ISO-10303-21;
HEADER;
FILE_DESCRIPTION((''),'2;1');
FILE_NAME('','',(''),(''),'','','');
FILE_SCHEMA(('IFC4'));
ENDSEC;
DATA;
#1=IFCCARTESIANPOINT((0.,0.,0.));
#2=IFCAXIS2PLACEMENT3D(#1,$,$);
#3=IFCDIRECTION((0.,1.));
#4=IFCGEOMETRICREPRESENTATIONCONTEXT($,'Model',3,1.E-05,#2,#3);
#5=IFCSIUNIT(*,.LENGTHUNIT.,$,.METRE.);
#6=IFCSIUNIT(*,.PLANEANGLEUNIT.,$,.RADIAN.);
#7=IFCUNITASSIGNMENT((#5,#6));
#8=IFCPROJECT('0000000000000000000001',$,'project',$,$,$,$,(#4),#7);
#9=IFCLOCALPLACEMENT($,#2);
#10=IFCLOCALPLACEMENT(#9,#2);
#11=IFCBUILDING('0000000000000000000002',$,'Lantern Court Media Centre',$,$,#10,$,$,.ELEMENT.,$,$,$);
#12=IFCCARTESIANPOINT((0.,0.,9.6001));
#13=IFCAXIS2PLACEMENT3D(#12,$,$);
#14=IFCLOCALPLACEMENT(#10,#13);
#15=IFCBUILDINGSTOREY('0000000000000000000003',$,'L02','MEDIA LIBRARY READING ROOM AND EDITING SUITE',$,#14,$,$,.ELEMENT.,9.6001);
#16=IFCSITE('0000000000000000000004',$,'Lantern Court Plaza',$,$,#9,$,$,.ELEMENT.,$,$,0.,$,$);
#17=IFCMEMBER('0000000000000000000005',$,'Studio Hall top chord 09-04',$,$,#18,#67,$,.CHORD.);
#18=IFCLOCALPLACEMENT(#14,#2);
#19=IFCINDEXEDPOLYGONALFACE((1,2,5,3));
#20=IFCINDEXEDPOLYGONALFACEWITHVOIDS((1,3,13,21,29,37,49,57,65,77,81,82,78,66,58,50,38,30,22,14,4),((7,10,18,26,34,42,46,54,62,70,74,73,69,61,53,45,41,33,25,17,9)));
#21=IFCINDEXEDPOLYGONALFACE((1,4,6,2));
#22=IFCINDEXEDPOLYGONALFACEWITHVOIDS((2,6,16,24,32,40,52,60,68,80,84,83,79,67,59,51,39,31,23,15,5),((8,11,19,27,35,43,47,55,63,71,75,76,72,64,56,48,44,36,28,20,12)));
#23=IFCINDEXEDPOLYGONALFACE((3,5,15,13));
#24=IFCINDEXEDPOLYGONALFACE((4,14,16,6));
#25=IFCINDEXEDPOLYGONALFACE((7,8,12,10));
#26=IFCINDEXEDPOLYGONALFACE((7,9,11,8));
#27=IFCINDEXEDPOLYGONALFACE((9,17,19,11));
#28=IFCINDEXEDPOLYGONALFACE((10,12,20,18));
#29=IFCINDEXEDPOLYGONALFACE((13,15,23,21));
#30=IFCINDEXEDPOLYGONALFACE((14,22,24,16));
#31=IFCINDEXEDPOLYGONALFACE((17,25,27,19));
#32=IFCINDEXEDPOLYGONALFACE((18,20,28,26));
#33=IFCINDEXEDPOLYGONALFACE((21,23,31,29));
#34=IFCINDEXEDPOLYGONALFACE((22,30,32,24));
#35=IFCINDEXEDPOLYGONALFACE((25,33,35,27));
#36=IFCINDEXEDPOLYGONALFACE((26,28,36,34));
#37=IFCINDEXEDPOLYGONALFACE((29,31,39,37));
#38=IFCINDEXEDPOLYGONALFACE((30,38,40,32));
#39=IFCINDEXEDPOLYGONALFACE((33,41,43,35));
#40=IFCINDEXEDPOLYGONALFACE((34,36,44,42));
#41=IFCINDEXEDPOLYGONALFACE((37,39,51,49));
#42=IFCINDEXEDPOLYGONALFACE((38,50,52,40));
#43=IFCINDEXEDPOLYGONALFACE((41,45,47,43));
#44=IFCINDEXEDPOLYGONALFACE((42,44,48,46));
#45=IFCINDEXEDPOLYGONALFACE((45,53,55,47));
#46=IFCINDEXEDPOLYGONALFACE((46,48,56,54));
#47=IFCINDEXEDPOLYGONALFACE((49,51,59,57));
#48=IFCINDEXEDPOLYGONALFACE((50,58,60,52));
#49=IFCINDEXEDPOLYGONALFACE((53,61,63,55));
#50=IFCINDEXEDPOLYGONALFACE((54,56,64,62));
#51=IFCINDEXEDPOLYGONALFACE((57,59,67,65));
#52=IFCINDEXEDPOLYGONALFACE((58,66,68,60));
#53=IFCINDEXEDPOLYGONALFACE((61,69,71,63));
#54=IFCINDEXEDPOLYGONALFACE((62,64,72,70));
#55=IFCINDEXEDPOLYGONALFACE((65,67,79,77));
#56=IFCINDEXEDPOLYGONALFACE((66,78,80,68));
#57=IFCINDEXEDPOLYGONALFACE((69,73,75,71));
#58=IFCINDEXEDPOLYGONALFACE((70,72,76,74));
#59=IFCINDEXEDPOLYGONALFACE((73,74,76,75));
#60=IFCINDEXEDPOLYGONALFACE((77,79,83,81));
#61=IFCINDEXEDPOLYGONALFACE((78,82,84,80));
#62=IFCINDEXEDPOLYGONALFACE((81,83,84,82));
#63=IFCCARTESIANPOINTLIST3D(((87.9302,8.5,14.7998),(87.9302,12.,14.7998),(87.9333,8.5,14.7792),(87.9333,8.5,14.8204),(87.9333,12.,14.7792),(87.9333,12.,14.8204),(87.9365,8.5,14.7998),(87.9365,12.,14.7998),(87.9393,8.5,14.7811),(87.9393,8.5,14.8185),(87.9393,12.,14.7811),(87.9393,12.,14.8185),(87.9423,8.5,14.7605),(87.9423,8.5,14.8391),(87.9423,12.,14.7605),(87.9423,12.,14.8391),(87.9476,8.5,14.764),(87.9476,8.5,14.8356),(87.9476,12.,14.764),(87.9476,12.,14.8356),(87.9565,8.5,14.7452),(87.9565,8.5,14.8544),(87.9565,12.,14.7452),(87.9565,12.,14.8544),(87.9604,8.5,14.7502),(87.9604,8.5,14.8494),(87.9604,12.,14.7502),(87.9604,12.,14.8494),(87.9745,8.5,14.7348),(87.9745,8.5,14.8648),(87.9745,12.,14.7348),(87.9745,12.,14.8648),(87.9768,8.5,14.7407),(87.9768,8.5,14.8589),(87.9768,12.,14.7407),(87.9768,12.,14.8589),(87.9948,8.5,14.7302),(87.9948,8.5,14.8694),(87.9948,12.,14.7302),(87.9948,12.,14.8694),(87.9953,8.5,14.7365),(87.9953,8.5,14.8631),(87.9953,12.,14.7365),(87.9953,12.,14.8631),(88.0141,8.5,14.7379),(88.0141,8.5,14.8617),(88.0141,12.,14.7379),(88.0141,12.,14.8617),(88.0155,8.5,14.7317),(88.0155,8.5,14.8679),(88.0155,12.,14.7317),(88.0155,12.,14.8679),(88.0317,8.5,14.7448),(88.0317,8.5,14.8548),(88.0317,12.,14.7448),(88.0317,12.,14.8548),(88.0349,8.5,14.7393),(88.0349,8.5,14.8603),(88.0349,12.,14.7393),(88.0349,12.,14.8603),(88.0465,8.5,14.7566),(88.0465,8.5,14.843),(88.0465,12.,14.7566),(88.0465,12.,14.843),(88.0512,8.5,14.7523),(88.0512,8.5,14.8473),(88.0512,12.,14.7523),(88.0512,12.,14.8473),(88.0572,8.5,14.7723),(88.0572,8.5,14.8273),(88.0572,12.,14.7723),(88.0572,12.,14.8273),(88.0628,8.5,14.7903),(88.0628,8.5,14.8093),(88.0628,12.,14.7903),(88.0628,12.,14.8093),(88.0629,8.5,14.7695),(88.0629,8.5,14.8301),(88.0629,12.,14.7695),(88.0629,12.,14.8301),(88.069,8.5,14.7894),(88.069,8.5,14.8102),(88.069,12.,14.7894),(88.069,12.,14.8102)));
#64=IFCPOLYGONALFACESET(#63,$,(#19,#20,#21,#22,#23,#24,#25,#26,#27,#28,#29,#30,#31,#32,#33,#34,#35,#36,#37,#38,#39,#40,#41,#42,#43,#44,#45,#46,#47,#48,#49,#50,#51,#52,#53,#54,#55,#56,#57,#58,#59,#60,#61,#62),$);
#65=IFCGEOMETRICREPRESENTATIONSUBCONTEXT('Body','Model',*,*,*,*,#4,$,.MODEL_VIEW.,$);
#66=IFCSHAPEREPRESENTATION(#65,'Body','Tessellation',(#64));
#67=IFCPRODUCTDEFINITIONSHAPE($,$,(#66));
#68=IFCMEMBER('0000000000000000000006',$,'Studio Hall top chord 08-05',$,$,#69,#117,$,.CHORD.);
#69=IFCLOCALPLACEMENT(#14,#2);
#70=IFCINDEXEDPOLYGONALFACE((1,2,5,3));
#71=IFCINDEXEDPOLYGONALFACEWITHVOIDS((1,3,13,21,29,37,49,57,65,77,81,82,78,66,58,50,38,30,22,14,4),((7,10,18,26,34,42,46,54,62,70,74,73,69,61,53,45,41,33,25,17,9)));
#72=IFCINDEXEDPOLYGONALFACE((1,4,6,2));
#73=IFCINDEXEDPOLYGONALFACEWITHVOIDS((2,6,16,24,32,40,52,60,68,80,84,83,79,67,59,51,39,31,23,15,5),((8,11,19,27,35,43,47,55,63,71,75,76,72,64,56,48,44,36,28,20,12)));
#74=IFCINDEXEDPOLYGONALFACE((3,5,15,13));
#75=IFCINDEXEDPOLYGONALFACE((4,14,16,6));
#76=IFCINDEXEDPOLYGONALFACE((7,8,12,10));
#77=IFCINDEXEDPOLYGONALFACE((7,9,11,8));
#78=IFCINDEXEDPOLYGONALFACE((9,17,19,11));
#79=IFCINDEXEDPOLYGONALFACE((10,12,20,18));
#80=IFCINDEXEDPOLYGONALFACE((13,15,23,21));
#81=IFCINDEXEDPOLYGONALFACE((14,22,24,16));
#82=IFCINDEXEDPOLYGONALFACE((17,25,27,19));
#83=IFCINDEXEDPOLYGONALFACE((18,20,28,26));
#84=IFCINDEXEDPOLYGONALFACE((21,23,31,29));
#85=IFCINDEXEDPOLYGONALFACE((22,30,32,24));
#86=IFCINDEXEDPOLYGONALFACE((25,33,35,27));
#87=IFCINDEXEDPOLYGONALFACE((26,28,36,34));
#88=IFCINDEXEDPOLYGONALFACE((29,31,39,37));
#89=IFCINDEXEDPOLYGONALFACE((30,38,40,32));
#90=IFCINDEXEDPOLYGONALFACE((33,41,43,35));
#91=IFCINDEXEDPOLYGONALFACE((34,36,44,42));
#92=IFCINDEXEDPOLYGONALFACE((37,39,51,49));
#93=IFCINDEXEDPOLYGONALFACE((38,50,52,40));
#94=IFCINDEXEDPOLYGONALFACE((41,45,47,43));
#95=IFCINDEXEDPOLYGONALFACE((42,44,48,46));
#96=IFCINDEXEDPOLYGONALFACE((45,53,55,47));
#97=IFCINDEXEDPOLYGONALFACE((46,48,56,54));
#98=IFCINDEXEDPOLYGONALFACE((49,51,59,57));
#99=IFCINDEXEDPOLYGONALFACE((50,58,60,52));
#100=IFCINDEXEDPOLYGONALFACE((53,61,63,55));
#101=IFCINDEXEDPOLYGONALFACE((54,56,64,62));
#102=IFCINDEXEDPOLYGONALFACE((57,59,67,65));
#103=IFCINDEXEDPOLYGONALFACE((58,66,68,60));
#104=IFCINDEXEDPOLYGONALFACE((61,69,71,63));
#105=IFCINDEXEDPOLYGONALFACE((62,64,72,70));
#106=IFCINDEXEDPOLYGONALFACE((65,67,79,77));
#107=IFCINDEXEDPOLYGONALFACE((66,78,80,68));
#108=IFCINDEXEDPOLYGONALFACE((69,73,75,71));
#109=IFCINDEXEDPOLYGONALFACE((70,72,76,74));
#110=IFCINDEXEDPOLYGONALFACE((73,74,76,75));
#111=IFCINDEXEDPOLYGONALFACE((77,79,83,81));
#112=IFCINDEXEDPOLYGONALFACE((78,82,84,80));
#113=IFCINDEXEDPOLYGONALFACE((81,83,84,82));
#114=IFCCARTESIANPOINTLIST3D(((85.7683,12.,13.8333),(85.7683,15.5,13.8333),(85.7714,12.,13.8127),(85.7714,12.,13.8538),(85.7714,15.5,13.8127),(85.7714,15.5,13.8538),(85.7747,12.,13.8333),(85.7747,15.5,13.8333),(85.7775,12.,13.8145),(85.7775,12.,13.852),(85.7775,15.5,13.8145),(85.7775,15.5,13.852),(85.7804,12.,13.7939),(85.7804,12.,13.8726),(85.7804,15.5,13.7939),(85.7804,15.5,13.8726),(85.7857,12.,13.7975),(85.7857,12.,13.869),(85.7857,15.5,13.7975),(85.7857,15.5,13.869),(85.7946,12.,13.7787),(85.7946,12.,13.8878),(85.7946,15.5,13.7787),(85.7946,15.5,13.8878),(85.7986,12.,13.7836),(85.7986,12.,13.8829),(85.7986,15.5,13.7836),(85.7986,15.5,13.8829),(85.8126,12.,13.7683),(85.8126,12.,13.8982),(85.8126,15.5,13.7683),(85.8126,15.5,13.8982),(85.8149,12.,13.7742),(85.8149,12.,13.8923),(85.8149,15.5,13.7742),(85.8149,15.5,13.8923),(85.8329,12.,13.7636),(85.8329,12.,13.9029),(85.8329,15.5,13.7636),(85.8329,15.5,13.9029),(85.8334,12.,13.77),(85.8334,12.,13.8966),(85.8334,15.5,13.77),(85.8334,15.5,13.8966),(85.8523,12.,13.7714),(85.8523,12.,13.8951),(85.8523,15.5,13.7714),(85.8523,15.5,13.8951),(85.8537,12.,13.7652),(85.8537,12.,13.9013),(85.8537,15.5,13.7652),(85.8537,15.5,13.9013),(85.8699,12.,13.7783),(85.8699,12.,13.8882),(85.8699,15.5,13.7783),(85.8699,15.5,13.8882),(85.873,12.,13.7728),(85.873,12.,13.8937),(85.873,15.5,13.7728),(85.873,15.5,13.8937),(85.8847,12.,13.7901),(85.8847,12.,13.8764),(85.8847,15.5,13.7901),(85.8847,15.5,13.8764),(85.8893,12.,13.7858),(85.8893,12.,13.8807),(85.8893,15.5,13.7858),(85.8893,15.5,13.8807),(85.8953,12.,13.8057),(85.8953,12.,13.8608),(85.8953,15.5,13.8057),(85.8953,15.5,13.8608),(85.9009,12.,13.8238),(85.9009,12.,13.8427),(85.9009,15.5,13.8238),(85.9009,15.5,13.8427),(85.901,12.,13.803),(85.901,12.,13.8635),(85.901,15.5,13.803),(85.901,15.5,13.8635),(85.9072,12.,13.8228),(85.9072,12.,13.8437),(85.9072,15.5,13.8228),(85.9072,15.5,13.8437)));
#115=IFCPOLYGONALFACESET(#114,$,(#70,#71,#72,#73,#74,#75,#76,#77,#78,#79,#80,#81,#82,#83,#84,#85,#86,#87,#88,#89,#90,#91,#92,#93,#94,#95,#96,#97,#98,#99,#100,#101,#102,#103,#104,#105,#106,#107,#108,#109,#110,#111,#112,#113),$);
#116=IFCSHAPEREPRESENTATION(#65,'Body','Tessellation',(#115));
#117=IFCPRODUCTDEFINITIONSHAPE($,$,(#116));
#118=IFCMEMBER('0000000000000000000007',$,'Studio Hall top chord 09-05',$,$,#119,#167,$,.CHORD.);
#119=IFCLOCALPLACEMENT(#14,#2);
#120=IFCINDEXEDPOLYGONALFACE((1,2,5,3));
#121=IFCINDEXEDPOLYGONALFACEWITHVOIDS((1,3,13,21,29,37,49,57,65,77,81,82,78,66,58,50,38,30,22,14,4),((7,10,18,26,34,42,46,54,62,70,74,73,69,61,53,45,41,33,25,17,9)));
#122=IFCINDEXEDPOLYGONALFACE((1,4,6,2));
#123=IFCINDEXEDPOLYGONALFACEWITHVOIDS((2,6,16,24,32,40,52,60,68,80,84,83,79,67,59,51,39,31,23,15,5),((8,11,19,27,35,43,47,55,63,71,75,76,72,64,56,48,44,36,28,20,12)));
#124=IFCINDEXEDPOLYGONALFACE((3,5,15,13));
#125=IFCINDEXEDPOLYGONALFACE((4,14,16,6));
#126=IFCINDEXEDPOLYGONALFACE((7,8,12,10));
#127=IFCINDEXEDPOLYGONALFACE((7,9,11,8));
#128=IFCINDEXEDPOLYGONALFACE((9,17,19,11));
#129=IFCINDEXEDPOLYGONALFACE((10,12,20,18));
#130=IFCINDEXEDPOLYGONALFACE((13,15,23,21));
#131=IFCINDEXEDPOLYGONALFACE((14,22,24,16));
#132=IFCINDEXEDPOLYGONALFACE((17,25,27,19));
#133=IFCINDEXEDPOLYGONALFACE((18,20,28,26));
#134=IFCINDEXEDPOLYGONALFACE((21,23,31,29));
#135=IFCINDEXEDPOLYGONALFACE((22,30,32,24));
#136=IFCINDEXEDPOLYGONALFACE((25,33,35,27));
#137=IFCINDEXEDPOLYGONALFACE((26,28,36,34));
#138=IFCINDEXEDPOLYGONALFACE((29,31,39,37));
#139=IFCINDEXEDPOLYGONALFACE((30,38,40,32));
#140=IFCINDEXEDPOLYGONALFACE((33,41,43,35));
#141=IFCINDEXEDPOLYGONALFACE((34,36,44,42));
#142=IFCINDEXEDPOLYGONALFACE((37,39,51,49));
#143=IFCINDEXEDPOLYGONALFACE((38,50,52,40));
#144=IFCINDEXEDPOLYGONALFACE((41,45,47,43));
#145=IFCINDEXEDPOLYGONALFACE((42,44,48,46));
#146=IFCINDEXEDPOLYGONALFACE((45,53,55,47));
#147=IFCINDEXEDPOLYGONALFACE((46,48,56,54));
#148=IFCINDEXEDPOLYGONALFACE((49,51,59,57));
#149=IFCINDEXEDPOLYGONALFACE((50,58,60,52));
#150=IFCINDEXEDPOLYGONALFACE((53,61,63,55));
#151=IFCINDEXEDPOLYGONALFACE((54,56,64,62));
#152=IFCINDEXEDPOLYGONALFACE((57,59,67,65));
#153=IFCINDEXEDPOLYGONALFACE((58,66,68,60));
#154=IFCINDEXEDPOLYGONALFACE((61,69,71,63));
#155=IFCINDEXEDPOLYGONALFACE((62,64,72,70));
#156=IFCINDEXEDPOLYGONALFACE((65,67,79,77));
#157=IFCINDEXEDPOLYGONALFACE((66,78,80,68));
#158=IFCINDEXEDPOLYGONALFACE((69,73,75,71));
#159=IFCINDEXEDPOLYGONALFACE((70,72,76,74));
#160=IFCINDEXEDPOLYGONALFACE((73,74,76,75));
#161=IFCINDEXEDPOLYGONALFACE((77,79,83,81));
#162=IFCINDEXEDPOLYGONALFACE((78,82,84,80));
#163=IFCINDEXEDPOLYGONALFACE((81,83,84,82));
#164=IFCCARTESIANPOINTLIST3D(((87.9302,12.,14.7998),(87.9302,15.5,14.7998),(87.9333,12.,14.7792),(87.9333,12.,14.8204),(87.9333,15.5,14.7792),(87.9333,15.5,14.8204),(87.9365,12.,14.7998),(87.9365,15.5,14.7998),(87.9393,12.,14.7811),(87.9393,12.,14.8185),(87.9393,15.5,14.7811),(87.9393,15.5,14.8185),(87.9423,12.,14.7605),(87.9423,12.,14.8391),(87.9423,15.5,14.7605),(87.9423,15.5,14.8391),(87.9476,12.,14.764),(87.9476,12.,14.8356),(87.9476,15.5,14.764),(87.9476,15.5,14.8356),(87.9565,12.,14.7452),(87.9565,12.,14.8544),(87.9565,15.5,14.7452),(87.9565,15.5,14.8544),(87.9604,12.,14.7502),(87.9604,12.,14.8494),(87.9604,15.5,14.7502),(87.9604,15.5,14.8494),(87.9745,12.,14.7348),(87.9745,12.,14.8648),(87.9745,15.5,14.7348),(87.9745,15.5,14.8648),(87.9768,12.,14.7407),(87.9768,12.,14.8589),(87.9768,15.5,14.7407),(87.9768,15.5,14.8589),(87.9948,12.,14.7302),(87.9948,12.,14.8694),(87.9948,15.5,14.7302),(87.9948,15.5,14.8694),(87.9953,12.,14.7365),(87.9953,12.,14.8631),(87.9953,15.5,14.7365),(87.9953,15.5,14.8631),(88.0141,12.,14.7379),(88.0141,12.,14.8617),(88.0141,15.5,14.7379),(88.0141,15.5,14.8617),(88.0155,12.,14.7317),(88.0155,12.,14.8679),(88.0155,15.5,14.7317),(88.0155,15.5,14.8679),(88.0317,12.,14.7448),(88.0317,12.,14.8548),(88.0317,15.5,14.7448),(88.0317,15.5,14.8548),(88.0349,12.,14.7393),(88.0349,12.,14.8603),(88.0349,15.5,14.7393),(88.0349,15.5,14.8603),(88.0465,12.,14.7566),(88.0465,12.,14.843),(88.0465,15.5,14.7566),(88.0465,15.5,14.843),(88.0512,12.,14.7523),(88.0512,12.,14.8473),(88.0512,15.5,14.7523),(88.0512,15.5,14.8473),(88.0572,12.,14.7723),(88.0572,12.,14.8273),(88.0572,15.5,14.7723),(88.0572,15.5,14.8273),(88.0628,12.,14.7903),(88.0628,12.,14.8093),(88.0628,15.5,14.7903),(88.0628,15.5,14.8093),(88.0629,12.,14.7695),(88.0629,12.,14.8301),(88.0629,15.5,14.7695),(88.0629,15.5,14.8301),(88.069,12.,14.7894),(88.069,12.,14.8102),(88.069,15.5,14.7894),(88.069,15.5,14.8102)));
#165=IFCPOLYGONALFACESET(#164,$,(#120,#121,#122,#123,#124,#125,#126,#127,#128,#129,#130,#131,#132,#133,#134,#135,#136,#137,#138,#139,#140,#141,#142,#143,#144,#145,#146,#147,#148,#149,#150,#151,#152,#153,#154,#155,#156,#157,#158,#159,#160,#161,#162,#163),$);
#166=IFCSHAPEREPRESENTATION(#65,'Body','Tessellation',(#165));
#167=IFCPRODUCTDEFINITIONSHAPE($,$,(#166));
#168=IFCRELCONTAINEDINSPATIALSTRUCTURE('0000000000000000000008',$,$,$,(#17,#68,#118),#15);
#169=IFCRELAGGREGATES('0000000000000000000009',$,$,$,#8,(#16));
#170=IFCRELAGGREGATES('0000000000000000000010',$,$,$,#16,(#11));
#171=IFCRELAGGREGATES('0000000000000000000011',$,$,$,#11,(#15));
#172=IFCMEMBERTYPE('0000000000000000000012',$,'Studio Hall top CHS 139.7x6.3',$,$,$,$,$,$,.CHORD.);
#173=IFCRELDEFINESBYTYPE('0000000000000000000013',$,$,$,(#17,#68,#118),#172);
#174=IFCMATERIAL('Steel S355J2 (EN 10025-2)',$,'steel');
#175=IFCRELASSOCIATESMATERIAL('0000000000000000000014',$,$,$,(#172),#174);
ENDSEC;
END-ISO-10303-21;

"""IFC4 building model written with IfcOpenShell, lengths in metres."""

from ifc_helpers import new_model, si_unit, direction, frame, origin, origin_2d, place, context, subcontext, project, spatial, hollow_circle, extrude, material, material_profile, profile_set, type_object, element, save


model = new_model("IFC4")

# Units and contexts
model_context = context("Model", 3, precision=1e-05, world=origin(), true_north=direction((0.0, 1.0)))
body_context = subcontext(model_context, "Body", "Model", "MODEL_VIEW")
ifc_project = project(units=[si_unit("LENGTHUNIT", "METRE"), si_unit("PLANEANGLEUNIT", "RADIAN")], contexts=[model_context])

# Site, building, storey
site_placement = place(None, origin())
site = spatial("IfcSite", under=ifc_project, at=site_placement, Name="Lantern Court Plaza", CompositionType="ELEMENT", RefElevation=0.0)
building_placement = place(site_placement, origin())
building = spatial("IfcBuilding", under=site, at=building_placement, Name="Lantern Court Media Centre", CompositionType="ELEMENT")
storey_placement = place(building_placement, frame((0.0, 0.0, 9.6001)))
storey = spatial("IfcBuildingStorey", under=building, at=storey_placement, Name="L02", Description="MEDIA LIBRARY READING ROOM AND EDITING SUITE", CompositionType="ELEMENT", Elevation=9.6001)

# Members
ifc_material = material(Name="Steel S355J2 (EN 10025-2)", Category="steel")
ifc_material_profile_1 = material_profile(ifc_material, hollow_circle(Radius=0.0698, WallThickness=0.0063, at=origin_2d()), Name="Studio Hall top CHS 139.7x6.3")
ifc_profile_set_1 = profile_set([ifc_material_profile_1], Name="Steel S355J2 (EN 10025-2)")
member_type_1 = type_object("IfcMemberType", Name="Studio Hall top CHS 139.7x6.3", PredefinedType="CHORD", material=ifc_profile_set_1)
for number, where, z_axis, x_axis, name in (
    (1, (88.0, 8.5, 14.7998), (0.0, 1.0, 0.0), (-1.0, 0.0, 0.0), "Studio Hall top chord 09-04"),
    (2, (85.8381, 12.0, 13.8333), (0.0, 1.0, 0.0), (-1.0, 0.0, 0.0), "Studio Hall top chord 08-05"),
    (3, (88.0, 12.0, 14.7998), (0.0, 1.0, 0.0), (-1.0, 0.0, 0.0), "Studio Hall top chord 09-05"),
):
    element("IfcMember", number, at=place(storey_placement, frame(where, z_axis=z_axis, x_axis=x_axis)), inside=storey, type_object=member_type_1, Name=name, PredefinedType="CHORD", context=body_context, shape_type="SweptSolid", body=[
        extrude(hollow_circle(Radius=0.0698, WallThickness=0.0063, at=origin_2d()), origin(), (0.0, 0.0, 1.0), 3.5),
    ])

save(model, "model.ifc")
